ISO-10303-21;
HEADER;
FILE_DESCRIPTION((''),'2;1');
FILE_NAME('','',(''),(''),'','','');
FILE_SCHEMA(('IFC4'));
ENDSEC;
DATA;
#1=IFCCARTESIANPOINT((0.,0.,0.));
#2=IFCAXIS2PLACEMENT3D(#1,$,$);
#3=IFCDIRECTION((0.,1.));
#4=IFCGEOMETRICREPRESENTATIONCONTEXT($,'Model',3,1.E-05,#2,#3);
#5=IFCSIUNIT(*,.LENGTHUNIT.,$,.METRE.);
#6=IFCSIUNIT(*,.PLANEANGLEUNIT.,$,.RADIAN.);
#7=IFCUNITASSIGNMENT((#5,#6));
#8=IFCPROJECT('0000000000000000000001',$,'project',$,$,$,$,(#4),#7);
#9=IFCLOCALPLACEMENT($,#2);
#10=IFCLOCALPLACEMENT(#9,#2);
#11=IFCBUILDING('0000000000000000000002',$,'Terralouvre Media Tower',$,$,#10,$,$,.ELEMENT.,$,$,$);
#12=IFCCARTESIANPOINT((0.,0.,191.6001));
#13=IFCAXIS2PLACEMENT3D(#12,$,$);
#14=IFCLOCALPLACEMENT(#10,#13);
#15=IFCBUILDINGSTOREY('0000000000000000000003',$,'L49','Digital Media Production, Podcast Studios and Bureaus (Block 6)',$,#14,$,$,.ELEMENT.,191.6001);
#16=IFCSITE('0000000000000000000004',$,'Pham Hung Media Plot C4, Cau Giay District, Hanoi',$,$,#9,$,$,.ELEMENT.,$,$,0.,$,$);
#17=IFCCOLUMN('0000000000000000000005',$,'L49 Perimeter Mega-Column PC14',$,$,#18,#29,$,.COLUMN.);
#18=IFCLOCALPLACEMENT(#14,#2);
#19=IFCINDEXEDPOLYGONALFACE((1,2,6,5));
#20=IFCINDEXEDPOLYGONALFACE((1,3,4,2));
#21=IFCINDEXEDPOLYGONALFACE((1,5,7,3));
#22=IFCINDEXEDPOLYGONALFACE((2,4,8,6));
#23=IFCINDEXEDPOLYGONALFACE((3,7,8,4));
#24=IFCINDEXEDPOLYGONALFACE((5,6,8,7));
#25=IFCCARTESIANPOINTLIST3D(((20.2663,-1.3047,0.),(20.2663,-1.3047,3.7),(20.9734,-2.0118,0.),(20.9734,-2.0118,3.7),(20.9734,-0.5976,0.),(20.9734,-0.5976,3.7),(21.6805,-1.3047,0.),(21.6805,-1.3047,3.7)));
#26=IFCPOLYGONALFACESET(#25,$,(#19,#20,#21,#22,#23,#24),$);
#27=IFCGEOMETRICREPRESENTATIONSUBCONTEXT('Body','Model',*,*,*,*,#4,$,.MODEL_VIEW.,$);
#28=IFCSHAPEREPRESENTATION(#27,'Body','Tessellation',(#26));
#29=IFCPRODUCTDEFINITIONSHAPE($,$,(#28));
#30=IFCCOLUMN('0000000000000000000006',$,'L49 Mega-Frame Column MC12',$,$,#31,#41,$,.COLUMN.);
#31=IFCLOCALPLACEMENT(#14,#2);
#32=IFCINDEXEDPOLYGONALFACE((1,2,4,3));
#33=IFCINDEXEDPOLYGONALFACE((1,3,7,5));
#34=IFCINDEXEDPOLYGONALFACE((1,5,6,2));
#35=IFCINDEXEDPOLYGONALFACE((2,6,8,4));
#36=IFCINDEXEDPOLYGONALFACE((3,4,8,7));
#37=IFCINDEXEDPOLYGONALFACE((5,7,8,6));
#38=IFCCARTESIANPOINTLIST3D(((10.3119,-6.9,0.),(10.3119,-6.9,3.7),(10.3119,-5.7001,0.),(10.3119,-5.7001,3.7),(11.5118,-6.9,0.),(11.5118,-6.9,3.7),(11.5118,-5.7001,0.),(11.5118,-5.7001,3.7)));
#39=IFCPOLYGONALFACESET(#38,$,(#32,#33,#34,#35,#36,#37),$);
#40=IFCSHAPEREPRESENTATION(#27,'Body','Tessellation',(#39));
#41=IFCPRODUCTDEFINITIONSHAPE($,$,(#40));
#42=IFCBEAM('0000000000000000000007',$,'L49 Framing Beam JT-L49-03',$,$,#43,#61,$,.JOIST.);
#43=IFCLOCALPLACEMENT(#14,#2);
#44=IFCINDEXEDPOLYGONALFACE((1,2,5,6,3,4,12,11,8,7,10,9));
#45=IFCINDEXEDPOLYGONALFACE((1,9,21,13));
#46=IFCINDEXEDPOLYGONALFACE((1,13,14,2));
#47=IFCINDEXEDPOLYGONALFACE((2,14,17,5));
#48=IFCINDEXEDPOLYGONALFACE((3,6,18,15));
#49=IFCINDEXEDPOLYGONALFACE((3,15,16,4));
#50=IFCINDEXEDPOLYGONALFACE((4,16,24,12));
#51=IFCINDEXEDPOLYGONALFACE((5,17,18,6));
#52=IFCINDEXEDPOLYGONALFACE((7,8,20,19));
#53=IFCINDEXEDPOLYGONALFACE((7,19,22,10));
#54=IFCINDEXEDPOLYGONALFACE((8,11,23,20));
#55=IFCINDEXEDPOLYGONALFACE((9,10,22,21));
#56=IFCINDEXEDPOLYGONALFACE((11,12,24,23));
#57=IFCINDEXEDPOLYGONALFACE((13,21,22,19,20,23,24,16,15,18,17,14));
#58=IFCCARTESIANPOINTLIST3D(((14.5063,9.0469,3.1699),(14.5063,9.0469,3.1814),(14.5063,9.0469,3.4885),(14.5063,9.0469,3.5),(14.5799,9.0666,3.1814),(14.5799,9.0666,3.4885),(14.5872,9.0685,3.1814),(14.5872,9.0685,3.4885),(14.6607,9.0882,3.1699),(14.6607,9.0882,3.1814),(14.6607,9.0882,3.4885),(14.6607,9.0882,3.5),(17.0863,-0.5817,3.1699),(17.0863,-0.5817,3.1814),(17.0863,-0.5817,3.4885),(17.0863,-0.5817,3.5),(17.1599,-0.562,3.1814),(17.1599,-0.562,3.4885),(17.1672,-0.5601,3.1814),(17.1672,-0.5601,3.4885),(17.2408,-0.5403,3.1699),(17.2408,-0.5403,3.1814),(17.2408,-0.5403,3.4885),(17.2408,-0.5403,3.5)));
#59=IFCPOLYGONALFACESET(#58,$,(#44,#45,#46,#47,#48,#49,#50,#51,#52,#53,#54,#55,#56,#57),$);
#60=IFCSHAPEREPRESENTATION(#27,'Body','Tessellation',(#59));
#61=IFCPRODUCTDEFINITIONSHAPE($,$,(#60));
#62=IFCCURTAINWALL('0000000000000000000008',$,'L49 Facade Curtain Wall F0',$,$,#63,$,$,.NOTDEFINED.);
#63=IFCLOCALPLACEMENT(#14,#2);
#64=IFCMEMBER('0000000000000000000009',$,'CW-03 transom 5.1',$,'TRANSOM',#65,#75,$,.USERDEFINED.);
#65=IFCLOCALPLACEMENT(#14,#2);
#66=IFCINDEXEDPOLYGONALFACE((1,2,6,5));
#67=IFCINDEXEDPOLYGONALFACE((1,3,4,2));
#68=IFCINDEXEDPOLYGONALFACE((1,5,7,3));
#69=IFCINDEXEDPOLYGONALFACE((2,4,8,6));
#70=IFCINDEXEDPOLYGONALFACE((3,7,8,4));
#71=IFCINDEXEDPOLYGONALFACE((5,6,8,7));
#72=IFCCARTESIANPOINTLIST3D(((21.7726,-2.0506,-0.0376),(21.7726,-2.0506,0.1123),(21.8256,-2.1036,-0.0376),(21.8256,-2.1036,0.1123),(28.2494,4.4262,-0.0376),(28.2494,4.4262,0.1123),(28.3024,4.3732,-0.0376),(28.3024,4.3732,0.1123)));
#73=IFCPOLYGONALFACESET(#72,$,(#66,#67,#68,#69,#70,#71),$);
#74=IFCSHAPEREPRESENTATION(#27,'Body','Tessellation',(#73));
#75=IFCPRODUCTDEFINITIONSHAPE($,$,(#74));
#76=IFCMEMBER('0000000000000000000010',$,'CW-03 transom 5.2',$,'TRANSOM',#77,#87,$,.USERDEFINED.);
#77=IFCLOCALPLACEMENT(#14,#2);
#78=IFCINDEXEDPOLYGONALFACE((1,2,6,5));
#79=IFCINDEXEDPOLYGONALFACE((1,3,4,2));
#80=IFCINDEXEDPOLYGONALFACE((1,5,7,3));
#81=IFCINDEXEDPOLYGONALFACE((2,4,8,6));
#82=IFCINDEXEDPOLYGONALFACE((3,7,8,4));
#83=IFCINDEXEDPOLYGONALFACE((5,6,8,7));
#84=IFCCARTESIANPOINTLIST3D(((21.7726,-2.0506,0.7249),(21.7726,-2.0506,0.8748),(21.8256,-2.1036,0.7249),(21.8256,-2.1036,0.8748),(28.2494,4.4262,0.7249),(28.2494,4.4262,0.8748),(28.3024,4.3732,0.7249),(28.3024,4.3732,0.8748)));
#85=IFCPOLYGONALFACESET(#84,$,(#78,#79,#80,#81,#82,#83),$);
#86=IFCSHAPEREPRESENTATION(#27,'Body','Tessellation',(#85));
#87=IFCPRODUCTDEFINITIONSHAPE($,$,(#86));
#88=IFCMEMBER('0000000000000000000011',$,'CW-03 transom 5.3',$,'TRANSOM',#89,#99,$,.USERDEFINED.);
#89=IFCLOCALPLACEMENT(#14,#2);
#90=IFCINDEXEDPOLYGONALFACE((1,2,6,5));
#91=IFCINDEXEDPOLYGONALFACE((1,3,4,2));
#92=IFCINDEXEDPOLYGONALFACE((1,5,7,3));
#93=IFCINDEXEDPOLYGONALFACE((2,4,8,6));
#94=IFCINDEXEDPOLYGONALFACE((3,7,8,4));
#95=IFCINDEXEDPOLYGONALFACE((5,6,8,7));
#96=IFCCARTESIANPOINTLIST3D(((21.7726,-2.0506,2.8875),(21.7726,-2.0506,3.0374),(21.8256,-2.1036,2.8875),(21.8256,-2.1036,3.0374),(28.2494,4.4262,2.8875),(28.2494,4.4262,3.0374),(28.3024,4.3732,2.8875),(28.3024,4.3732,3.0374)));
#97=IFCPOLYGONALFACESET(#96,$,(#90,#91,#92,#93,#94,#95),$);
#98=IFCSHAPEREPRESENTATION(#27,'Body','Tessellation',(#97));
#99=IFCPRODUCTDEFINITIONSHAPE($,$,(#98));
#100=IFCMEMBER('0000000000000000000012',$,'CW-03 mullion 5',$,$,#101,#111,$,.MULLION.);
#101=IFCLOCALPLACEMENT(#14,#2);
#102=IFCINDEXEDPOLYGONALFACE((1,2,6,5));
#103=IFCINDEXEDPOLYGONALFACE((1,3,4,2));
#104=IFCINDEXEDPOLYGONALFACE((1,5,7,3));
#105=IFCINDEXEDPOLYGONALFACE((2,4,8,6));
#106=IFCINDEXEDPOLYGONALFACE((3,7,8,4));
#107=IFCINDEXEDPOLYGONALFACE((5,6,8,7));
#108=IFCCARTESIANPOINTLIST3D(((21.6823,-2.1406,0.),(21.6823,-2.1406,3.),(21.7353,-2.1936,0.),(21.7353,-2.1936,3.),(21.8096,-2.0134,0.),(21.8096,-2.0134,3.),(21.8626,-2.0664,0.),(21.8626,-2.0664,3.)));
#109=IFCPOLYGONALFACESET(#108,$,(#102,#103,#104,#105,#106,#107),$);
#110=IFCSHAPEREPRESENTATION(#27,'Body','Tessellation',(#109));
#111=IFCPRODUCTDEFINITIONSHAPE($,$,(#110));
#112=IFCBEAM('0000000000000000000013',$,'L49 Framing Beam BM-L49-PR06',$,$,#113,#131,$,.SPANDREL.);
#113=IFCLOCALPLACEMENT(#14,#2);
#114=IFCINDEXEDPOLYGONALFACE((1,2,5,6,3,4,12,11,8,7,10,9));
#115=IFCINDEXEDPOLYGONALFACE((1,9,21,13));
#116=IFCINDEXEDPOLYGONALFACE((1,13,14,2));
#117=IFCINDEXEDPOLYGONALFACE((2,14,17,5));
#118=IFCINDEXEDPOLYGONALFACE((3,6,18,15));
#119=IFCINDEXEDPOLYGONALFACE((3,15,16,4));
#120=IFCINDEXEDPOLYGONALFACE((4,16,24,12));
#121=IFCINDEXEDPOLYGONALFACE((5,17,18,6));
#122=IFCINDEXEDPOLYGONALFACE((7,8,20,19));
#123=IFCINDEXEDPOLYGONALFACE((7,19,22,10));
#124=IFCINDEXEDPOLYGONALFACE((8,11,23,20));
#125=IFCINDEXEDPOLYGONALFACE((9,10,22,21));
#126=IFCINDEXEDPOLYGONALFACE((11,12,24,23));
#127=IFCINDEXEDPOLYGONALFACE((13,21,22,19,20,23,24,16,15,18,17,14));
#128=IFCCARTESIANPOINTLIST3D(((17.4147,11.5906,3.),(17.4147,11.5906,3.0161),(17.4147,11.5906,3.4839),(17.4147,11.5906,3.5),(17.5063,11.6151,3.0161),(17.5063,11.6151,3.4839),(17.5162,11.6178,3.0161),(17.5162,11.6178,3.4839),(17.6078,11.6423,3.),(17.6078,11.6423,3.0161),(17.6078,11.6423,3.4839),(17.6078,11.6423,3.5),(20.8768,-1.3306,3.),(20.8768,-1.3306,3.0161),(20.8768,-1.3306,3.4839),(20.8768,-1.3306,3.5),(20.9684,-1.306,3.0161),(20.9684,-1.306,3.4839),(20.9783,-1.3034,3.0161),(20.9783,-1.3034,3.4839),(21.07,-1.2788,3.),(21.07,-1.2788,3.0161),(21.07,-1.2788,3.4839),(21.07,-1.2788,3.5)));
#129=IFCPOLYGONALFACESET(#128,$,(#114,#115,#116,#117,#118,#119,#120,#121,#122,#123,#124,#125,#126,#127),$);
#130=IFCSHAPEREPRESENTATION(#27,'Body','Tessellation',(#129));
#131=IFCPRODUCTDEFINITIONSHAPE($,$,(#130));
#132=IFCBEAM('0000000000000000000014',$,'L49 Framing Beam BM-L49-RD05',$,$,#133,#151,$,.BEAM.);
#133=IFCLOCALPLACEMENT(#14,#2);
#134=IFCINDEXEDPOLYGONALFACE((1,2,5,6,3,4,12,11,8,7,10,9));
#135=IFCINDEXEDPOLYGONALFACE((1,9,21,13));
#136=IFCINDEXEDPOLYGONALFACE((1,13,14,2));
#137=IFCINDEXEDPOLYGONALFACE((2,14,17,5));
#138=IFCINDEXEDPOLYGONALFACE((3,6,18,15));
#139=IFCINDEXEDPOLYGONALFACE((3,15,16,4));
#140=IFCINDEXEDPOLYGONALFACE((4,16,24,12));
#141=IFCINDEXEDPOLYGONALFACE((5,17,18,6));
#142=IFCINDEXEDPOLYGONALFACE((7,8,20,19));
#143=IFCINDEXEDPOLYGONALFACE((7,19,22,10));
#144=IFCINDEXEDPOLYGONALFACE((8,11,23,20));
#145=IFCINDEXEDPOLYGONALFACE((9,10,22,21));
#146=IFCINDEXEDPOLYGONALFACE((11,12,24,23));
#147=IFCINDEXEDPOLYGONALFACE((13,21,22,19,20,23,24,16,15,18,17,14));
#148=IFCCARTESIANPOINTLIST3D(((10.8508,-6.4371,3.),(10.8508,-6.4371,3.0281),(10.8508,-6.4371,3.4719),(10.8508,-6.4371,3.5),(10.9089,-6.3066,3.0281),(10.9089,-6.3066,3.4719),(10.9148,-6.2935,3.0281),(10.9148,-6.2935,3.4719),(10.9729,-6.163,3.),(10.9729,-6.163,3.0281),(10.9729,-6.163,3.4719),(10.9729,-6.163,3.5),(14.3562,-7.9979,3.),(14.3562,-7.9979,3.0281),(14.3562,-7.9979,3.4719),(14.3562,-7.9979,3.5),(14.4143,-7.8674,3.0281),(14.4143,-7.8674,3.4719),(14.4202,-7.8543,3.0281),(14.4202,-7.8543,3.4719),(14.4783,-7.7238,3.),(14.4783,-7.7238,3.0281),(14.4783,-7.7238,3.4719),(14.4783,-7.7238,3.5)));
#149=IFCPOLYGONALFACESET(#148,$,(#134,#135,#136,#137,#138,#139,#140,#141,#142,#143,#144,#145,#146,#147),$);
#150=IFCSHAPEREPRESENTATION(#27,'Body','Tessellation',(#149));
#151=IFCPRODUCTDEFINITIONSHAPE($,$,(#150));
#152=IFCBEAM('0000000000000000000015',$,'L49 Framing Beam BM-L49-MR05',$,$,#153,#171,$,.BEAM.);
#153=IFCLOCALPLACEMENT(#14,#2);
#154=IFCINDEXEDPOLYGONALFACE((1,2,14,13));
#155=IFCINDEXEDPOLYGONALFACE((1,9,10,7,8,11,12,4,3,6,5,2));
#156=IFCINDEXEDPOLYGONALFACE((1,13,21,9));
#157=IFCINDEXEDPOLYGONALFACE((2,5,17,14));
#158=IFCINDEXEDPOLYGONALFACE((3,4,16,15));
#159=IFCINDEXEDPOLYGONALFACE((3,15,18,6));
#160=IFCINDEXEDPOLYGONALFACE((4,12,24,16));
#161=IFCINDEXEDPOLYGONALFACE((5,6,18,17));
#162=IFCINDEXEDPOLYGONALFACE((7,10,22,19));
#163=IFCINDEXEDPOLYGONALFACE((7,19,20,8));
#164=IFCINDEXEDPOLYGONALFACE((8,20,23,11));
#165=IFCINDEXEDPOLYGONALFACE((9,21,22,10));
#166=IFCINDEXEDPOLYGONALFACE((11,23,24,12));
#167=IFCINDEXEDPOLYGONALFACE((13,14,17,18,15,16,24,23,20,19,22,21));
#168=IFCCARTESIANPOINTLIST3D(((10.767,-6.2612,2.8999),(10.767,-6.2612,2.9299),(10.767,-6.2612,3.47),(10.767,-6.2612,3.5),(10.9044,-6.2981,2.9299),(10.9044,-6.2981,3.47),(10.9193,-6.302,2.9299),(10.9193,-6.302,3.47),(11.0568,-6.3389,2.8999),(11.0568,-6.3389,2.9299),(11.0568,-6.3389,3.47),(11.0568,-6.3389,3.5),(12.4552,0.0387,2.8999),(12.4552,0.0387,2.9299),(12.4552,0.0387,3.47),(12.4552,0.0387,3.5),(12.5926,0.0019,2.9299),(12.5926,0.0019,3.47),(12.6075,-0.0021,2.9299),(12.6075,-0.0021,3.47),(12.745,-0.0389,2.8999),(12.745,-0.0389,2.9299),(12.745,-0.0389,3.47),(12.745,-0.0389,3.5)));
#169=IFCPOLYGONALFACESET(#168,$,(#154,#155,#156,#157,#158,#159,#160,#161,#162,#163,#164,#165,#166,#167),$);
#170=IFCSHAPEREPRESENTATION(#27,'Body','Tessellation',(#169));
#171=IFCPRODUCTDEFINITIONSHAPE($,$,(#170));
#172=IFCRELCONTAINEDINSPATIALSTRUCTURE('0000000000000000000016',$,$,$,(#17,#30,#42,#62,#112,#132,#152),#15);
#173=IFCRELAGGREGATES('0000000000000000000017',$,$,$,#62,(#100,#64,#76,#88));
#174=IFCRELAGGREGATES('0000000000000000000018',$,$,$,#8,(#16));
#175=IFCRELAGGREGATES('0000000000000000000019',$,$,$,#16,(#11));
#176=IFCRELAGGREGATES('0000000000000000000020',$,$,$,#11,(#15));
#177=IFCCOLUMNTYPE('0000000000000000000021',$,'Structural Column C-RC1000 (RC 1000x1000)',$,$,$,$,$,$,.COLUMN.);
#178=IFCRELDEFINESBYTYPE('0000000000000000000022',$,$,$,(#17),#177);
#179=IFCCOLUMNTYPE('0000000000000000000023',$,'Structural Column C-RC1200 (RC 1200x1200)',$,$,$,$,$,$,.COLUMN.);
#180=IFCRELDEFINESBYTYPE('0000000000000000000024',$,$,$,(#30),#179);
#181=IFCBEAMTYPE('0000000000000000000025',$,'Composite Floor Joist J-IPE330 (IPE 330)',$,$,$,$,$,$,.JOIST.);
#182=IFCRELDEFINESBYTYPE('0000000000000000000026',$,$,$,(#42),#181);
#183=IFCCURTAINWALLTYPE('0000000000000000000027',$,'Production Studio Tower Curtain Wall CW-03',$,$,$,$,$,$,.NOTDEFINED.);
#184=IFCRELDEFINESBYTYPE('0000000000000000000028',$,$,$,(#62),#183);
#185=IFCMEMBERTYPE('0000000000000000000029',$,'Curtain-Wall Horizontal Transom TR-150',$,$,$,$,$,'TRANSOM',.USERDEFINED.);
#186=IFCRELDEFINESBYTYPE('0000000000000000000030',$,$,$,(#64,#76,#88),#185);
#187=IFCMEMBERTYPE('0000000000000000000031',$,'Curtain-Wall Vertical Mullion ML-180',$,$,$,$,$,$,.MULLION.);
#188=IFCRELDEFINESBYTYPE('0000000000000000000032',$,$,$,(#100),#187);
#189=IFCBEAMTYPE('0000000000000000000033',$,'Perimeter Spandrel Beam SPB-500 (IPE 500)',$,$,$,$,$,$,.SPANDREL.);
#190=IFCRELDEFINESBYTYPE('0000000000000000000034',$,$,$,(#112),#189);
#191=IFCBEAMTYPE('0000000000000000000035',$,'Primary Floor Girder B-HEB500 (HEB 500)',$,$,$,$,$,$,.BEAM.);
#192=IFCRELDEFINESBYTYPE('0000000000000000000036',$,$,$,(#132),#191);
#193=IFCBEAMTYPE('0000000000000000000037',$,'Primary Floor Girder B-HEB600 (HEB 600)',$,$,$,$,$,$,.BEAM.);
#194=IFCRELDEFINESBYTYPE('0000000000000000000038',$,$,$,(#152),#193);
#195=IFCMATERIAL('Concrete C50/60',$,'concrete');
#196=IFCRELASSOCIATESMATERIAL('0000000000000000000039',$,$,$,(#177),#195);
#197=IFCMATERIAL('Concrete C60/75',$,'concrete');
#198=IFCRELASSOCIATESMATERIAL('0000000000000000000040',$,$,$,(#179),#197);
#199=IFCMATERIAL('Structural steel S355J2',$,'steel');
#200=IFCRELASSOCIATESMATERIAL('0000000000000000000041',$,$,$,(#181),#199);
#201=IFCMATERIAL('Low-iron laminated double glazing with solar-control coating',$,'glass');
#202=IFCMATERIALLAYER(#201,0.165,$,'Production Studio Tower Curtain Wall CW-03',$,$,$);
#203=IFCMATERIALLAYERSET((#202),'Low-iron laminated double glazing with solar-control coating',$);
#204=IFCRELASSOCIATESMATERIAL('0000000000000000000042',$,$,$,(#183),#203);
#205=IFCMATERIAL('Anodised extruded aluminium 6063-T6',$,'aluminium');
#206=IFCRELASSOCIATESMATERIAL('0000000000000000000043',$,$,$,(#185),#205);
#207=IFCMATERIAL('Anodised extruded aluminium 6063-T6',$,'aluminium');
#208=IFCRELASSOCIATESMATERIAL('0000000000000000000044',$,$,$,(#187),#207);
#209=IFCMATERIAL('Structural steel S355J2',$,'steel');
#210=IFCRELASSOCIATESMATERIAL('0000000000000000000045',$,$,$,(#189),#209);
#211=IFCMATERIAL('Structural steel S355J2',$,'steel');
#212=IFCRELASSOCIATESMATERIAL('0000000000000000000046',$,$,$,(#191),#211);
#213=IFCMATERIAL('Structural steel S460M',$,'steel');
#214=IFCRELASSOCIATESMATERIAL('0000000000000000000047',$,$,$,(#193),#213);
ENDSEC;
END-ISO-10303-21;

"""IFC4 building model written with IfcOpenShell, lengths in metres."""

from ifc_helpers import new_model, si_unit, direction, frame, origin, origin_2d, place, context, subcontext, project, spatial, rectangle, i_section, extrude, material, layer, layer_set, material_profile, profile_set, type_object, element, aggregate, save


model = new_model("IFC4")

# Units and contexts
model_context = context("Model", 3, precision=1e-05, world=origin(), true_north=direction((0.0, 1.0)))
body_context = subcontext(model_context, "Body", "Model", "MODEL_VIEW")
ifc_project = project(units=[si_unit("LENGTHUNIT", "METRE"), si_unit("PLANEANGLEUNIT", "RADIAN")], contexts=[model_context])

# Site, building, storey
site_placement = place(None, origin())
site = spatial("IfcSite", under=ifc_project, at=site_placement, Name="Pham Hung Media Plot C4, Cau Giay District, Hanoi", CompositionType="ELEMENT", RefElevation=0.0)
building_placement = place(site_placement, origin())
building = spatial("IfcBuilding", under=site, at=building_placement, Name="Terralouvre Media Tower", CompositionType="ELEMENT")
storey_placement = place(building_placement, frame((0.0, 0.0, 191.6001)))
storey = spatial("IfcBuildingStorey", under=building, at=storey_placement, Name="L49", Description="Digital Media Production, Podcast Studios and Bureaus (Block 6)", CompositionType="ELEMENT", Elevation=191.6001)

# Columns
ifc_material_1 = material(Name="Concrete C50/60", Category="concrete")
ifc_material_profile_1 = material_profile(ifc_material_1, rectangle(XDim=1.0, YDim=1.0, at=origin_2d()), Name="RC 1000x1000")
ifc_profile_set_1 = profile_set([ifc_material_profile_1], Name="Concrete C50/60")
column_type_1 = type_object("IfcColumnType", Name="Structural Column C-RC1000 (RC 1000x1000)", PredefinedType="COLUMN", material=ifc_profile_set_1)
column_1_placement = place(storey_placement, frame((20.9734, -1.3047, 0.0), z_axis=(0.0, 0.0, 1.0), x_axis=(0.707107, 0.707107, 0.0)))
element("IfcColumn", 1, at=column_1_placement, inside=storey, type_object=column_type_1, Name="L49 Perimeter Mega-Column PC14", PredefinedType="COLUMN", context=body_context, shape_type="SweptSolid", body=[
    extrude(rectangle(XDim=1.0, YDim=1.0, at=origin_2d()), origin(), (0.0, 0.0, 1.0), 3.7),
])
ifc_material_2 = material(Name="Concrete C60/75", Category="concrete")
ifc_material_profile_2 = material_profile(ifc_material_2, rectangle(XDim=1.2, YDim=1.2, at=origin_2d()), Name="RC 1200x1200")
ifc_profile_set_2 = profile_set([ifc_material_profile_2], Name="Concrete C60/75")
column_type_2 = type_object("IfcColumnType", Name="Structural Column C-RC1200 (RC 1200x1200)", PredefinedType="COLUMN", material=ifc_profile_set_2)
column_2_placement = place(storey_placement, frame((10.9119, -6.3, 0.0), z_axis=(0.0, 0.0, 1.0), x_axis=(1.0, 0.0, 0.0)))
element("IfcColumn", 2, at=column_2_placement, inside=storey, type_object=column_type_2, Name="L49 Mega-Frame Column MC12", PredefinedType="COLUMN", context=body_context, shape_type="SweptSolid", body=[
    extrude(rectangle(XDim=1.2, YDim=1.2, at=origin_2d()), origin(), (0.0, 0.0, 1.0), 3.7),
])

# Beam
ifc_material_3 = material(Name="Structural steel S355J2", Category="steel")
ifc_material_profile_3 = material_profile(ifc_material_3, i_section(OverallWidth=0.1599, OverallDepth=0.3301, WebThickness=0.0076, FlangeThickness=0.0115, at=origin_2d()), Name="IPE 330")
ifc_profile_set_3 = profile_set([ifc_material_profile_3], Name="Structural steel S355J2")
beam_type_1 = type_object("IfcBeamType", Name="Composite Floor Joist J-IPE330 (IPE 330)", PredefinedType="JOIST", material=ifc_profile_set_3)
beam_1_placement = place(storey_placement, frame((17.1636, -0.561, 3.335), z_axis=(-0.258827, 0.965924, 0.0), x_axis=(-0.965924, -0.258827, 0.0)))
element("IfcBeam", 3, at=beam_1_placement, inside=storey, type_object=beam_type_1, Name="L49 Framing Beam JT-L49-03", PredefinedType="JOIST", context=body_context, shape_type="SweptSolid", body=[
    extrude(i_section(OverallWidth=0.1599, OverallDepth=0.3301, WebThickness=0.0076, FlangeThickness=0.0115, at=origin_2d()), origin(), (0.0, 0.0, 1.0), 9.9683),
])

# Curtain wall, members
ifc_material_4 = material(Name="Low-iron laminated double glazing with solar-control coating", Category="glass")
ifc_layer_1 = layer(ifc_material_4, 0.165, Name="Production Studio Tower Curtain Wall CW-03")
ifc_layer_set_1 = layer_set([ifc_layer_1], Name="Low-iron laminated double glazing with solar-control coating")
curtain_wall_type = type_object("IfcCurtainWallType", Name="Production Studio Tower Curtain Wall CW-03", PredefinedType="NOTDEFINED", material=ifc_layer_set_1)
curtain_wall_placement = place(storey_placement, origin())
curtain_wall = element("IfcCurtainWall", 4, at=curtain_wall_placement, inside=storey, type_object=curtain_wall_type, Name="L49 Facade Curtain Wall F0", PredefinedType="NOTDEFINED")
ifc_material_5 = material(Name="Anodised extruded aluminium 6063-T6", Category="aluminium")
ifc_material_profile_4 = material_profile(ifc_material_5, rectangle(XDim=0.075, YDim=0.1499, at=origin_2d()), Name="ALU 75x150")
ifc_profile_set_4 = profile_set([ifc_material_profile_4], Name="Anodised extruded aluminium 6063-T6")
member_type_1 = type_object("IfcMemberType", Name="Curtain-Wall Horizontal Transom TR-150", ElementType="TRANSOM", PredefinedType="USERDEFINED", material=ifc_profile_set_4)
member_1_placement = place(storey_placement, frame((21.7991, -2.0771, 0.0374), z_axis=(0.707107, 0.707107, 0.0), x_axis=(-0.707107, 0.707107, 0.0)))
member_1 = element("IfcMember", 5, at=member_1_placement, type_object=member_type_1, Name="CW-03 transom 5.1", ObjectType="TRANSOM", PredefinedType="USERDEFINED", context=body_context, shape_type="SweptSolid", body=[
    extrude(rectangle(XDim=0.075, YDim=0.1499, at=origin_2d()), origin(), (0.0, 0.0, 1.0), 9.1597),
])
member_2_placement = place(storey_placement, frame((21.7991, -2.0771, 0.7998), z_axis=(0.707107, 0.707107, 0.0), x_axis=(-0.707107, 0.707107, 0.0)))
member_2 = element("IfcMember", 6, at=member_2_placement, type_object=member_type_1, Name="CW-03 transom 5.2", ObjectType="TRANSOM", PredefinedType="USERDEFINED", context=body_context, shape_type="SweptSolid", body=[
    extrude(rectangle(XDim=0.075, YDim=0.1499, at=origin_2d()), origin(), (0.0, 0.0, 1.0), 9.1597),
])
member_3_placement = place(storey_placement, frame((21.7991, -2.0771, 2.9624), z_axis=(0.707107, 0.707107, 0.0), x_axis=(-0.707107, 0.707107, 0.0)))
member_3 = element("IfcMember", 7, at=member_3_placement, type_object=member_type_1, Name="CW-03 transom 5.3", ObjectType="TRANSOM", PredefinedType="USERDEFINED", context=body_context, shape_type="SweptSolid", body=[
    extrude(rectangle(XDim=0.075, YDim=0.1499, at=origin_2d()), origin(), (0.0, 0.0, 1.0), 9.1597),
])
ifc_material_6 = material(Name="Anodised extruded aluminium 6063-T6", Category="aluminium")
ifc_material_profile_5 = material_profile(ifc_material_6, rectangle(XDim=0.075, YDim=0.1799, at=origin_2d()), Name="ALU 75x180")
ifc_profile_set_5 = profile_set([ifc_material_profile_5], Name="Anodised extruded aluminium 6063-T6")
member_type_2 = type_object("IfcMemberType", Name="Curtain-Wall Vertical Mullion ML-180", PredefinedType="MULLION", material=ifc_profile_set_5)
member_4_placement = place(storey_placement, frame((21.7725, -2.1035, 0.0), z_axis=(0.0, 0.0, 1.0), x_axis=(-0.707107, 0.707107, 0.0)))
member_4 = element("IfcMember", 8, at=member_4_placement, type_object=member_type_2, Name="CW-03 mullion 5", PredefinedType="MULLION", context=body_context, shape_type="SweptSolid", body=[
    extrude(rectangle(XDim=0.075, YDim=0.1799, at=origin_2d()), origin(), (0.0, 0.0, 1.0), 3.0),
])

# Beams
ifc_material_7 = material(Name="Structural steel S355J2", Category="steel")
ifc_material_profile_6 = material_profile(ifc_material_7, i_section(OverallWidth=0.2, OverallDepth=0.5, WebThickness=0.0103, FlangeThickness=0.0161, at=origin_2d()), Name="IPE 500")
ifc_profile_set_6 = profile_set([ifc_material_profile_6], Name="Structural steel S355J2")
beam_type_2 = type_object("IfcBeamType", Name="Perimeter Spandrel Beam SPB-500 (IPE 500)", PredefinedType="SPANDREL", material=ifc_profile_set_6)
beam_2_placement = place(storey_placement, frame((20.9734, -1.3047, 3.25), z_axis=(-0.258815, 0.965927, 0.0), x_axis=(-0.965927, -0.258815, 0.0)))
element("IfcBeam", 9, at=beam_2_placement, inside=storey, type_object=beam_type_2, Name="L49 Framing Beam BM-L49-PR06", PredefinedType="SPANDREL", context=body_context, shape_type="SweptSolid", body=[
    extrude(i_section(OverallWidth=0.2, OverallDepth=0.5, WebThickness=0.0103, FlangeThickness=0.0161, at=origin_2d()), origin(), (0.0, 0.0, 1.0), 13.377),
])
ifc_material_8 = material(Name="Structural steel S355J2", Category="steel")
ifc_material_profile_7 = material_profile(ifc_material_8, i_section(OverallWidth=0.3, OverallDepth=0.5, WebThickness=0.0144, FlangeThickness=0.0281, at=origin_2d()), Name="HEB 500")
ifc_profile_set_7 = profile_set([ifc_material_profile_7], Name="Structural steel S355J2")
beam_type_3 = type_object("IfcBeamType", Name="Primary Floor Girder B-HEB500 (HEB 500)", PredefinedType="BEAM", material=ifc_profile_set_7)
beam_3_placement = place(storey_placement, frame((10.9119, -6.3, 3.25), z_axis=(0.913536, -0.406758, 0.0), x_axis=(0.406758, 0.913536, 0.0)))
element("IfcBeam", 10, at=beam_3_placement, inside=storey, type_object=beam_type_3, Name="L49 Framing Beam BM-L49-RD05", PredefinedType="BEAM", context=body_context, shape_type="SweptSolid", body=[
    extrude(i_section(OverallWidth=0.3, OverallDepth=0.5, WebThickness=0.0144, FlangeThickness=0.0281, at=origin_2d()), origin(), (0.0, 0.0, 1.0), 3.8372),
])
ifc_material_9 = material(Name="Structural steel S460M", Category="steel")
ifc_material_profile_8 = material_profile(ifc_material_9, i_section(OverallWidth=0.3, OverallDepth=0.6001, WebThickness=0.0154, FlangeThickness=0.03, at=origin_2d()), Name="HEB 600")
ifc_profile_set_8 = profile_set([ifc_material_profile_8], Name="Structural steel S460M")
beam_type_4 = type_object("IfcBeamType", Name="Primary Floor Girder B-HEB600 (HEB 600)", PredefinedType="BEAM", material=ifc_profile_set_8)
beam_4_placement = place(storey_placement, frame((10.9119, -6.3, 3.2), z_axis=(0.258839, 0.96592, 0.0), x_axis=(-0.96592, 0.258839, 0.0)))
element("IfcBeam", 11, at=beam_4_placement, inside=storey, type_object=beam_type_4, Name="L49 Framing Beam BM-L49-MR05", PredefinedType="BEAM", context=body_context, shape_type="SweptSolid", body=[
    extrude(i_section(OverallWidth=0.3, OverallDepth=0.6001, WebThickness=0.0154, FlangeThickness=0.03, at=origin_2d()), origin(), (0.0, 0.0, 1.0), 6.5222),
])

aggregate(curtain_wall, [member_4, member_1, member_2, member_3])

save(model, "model.ifc")
